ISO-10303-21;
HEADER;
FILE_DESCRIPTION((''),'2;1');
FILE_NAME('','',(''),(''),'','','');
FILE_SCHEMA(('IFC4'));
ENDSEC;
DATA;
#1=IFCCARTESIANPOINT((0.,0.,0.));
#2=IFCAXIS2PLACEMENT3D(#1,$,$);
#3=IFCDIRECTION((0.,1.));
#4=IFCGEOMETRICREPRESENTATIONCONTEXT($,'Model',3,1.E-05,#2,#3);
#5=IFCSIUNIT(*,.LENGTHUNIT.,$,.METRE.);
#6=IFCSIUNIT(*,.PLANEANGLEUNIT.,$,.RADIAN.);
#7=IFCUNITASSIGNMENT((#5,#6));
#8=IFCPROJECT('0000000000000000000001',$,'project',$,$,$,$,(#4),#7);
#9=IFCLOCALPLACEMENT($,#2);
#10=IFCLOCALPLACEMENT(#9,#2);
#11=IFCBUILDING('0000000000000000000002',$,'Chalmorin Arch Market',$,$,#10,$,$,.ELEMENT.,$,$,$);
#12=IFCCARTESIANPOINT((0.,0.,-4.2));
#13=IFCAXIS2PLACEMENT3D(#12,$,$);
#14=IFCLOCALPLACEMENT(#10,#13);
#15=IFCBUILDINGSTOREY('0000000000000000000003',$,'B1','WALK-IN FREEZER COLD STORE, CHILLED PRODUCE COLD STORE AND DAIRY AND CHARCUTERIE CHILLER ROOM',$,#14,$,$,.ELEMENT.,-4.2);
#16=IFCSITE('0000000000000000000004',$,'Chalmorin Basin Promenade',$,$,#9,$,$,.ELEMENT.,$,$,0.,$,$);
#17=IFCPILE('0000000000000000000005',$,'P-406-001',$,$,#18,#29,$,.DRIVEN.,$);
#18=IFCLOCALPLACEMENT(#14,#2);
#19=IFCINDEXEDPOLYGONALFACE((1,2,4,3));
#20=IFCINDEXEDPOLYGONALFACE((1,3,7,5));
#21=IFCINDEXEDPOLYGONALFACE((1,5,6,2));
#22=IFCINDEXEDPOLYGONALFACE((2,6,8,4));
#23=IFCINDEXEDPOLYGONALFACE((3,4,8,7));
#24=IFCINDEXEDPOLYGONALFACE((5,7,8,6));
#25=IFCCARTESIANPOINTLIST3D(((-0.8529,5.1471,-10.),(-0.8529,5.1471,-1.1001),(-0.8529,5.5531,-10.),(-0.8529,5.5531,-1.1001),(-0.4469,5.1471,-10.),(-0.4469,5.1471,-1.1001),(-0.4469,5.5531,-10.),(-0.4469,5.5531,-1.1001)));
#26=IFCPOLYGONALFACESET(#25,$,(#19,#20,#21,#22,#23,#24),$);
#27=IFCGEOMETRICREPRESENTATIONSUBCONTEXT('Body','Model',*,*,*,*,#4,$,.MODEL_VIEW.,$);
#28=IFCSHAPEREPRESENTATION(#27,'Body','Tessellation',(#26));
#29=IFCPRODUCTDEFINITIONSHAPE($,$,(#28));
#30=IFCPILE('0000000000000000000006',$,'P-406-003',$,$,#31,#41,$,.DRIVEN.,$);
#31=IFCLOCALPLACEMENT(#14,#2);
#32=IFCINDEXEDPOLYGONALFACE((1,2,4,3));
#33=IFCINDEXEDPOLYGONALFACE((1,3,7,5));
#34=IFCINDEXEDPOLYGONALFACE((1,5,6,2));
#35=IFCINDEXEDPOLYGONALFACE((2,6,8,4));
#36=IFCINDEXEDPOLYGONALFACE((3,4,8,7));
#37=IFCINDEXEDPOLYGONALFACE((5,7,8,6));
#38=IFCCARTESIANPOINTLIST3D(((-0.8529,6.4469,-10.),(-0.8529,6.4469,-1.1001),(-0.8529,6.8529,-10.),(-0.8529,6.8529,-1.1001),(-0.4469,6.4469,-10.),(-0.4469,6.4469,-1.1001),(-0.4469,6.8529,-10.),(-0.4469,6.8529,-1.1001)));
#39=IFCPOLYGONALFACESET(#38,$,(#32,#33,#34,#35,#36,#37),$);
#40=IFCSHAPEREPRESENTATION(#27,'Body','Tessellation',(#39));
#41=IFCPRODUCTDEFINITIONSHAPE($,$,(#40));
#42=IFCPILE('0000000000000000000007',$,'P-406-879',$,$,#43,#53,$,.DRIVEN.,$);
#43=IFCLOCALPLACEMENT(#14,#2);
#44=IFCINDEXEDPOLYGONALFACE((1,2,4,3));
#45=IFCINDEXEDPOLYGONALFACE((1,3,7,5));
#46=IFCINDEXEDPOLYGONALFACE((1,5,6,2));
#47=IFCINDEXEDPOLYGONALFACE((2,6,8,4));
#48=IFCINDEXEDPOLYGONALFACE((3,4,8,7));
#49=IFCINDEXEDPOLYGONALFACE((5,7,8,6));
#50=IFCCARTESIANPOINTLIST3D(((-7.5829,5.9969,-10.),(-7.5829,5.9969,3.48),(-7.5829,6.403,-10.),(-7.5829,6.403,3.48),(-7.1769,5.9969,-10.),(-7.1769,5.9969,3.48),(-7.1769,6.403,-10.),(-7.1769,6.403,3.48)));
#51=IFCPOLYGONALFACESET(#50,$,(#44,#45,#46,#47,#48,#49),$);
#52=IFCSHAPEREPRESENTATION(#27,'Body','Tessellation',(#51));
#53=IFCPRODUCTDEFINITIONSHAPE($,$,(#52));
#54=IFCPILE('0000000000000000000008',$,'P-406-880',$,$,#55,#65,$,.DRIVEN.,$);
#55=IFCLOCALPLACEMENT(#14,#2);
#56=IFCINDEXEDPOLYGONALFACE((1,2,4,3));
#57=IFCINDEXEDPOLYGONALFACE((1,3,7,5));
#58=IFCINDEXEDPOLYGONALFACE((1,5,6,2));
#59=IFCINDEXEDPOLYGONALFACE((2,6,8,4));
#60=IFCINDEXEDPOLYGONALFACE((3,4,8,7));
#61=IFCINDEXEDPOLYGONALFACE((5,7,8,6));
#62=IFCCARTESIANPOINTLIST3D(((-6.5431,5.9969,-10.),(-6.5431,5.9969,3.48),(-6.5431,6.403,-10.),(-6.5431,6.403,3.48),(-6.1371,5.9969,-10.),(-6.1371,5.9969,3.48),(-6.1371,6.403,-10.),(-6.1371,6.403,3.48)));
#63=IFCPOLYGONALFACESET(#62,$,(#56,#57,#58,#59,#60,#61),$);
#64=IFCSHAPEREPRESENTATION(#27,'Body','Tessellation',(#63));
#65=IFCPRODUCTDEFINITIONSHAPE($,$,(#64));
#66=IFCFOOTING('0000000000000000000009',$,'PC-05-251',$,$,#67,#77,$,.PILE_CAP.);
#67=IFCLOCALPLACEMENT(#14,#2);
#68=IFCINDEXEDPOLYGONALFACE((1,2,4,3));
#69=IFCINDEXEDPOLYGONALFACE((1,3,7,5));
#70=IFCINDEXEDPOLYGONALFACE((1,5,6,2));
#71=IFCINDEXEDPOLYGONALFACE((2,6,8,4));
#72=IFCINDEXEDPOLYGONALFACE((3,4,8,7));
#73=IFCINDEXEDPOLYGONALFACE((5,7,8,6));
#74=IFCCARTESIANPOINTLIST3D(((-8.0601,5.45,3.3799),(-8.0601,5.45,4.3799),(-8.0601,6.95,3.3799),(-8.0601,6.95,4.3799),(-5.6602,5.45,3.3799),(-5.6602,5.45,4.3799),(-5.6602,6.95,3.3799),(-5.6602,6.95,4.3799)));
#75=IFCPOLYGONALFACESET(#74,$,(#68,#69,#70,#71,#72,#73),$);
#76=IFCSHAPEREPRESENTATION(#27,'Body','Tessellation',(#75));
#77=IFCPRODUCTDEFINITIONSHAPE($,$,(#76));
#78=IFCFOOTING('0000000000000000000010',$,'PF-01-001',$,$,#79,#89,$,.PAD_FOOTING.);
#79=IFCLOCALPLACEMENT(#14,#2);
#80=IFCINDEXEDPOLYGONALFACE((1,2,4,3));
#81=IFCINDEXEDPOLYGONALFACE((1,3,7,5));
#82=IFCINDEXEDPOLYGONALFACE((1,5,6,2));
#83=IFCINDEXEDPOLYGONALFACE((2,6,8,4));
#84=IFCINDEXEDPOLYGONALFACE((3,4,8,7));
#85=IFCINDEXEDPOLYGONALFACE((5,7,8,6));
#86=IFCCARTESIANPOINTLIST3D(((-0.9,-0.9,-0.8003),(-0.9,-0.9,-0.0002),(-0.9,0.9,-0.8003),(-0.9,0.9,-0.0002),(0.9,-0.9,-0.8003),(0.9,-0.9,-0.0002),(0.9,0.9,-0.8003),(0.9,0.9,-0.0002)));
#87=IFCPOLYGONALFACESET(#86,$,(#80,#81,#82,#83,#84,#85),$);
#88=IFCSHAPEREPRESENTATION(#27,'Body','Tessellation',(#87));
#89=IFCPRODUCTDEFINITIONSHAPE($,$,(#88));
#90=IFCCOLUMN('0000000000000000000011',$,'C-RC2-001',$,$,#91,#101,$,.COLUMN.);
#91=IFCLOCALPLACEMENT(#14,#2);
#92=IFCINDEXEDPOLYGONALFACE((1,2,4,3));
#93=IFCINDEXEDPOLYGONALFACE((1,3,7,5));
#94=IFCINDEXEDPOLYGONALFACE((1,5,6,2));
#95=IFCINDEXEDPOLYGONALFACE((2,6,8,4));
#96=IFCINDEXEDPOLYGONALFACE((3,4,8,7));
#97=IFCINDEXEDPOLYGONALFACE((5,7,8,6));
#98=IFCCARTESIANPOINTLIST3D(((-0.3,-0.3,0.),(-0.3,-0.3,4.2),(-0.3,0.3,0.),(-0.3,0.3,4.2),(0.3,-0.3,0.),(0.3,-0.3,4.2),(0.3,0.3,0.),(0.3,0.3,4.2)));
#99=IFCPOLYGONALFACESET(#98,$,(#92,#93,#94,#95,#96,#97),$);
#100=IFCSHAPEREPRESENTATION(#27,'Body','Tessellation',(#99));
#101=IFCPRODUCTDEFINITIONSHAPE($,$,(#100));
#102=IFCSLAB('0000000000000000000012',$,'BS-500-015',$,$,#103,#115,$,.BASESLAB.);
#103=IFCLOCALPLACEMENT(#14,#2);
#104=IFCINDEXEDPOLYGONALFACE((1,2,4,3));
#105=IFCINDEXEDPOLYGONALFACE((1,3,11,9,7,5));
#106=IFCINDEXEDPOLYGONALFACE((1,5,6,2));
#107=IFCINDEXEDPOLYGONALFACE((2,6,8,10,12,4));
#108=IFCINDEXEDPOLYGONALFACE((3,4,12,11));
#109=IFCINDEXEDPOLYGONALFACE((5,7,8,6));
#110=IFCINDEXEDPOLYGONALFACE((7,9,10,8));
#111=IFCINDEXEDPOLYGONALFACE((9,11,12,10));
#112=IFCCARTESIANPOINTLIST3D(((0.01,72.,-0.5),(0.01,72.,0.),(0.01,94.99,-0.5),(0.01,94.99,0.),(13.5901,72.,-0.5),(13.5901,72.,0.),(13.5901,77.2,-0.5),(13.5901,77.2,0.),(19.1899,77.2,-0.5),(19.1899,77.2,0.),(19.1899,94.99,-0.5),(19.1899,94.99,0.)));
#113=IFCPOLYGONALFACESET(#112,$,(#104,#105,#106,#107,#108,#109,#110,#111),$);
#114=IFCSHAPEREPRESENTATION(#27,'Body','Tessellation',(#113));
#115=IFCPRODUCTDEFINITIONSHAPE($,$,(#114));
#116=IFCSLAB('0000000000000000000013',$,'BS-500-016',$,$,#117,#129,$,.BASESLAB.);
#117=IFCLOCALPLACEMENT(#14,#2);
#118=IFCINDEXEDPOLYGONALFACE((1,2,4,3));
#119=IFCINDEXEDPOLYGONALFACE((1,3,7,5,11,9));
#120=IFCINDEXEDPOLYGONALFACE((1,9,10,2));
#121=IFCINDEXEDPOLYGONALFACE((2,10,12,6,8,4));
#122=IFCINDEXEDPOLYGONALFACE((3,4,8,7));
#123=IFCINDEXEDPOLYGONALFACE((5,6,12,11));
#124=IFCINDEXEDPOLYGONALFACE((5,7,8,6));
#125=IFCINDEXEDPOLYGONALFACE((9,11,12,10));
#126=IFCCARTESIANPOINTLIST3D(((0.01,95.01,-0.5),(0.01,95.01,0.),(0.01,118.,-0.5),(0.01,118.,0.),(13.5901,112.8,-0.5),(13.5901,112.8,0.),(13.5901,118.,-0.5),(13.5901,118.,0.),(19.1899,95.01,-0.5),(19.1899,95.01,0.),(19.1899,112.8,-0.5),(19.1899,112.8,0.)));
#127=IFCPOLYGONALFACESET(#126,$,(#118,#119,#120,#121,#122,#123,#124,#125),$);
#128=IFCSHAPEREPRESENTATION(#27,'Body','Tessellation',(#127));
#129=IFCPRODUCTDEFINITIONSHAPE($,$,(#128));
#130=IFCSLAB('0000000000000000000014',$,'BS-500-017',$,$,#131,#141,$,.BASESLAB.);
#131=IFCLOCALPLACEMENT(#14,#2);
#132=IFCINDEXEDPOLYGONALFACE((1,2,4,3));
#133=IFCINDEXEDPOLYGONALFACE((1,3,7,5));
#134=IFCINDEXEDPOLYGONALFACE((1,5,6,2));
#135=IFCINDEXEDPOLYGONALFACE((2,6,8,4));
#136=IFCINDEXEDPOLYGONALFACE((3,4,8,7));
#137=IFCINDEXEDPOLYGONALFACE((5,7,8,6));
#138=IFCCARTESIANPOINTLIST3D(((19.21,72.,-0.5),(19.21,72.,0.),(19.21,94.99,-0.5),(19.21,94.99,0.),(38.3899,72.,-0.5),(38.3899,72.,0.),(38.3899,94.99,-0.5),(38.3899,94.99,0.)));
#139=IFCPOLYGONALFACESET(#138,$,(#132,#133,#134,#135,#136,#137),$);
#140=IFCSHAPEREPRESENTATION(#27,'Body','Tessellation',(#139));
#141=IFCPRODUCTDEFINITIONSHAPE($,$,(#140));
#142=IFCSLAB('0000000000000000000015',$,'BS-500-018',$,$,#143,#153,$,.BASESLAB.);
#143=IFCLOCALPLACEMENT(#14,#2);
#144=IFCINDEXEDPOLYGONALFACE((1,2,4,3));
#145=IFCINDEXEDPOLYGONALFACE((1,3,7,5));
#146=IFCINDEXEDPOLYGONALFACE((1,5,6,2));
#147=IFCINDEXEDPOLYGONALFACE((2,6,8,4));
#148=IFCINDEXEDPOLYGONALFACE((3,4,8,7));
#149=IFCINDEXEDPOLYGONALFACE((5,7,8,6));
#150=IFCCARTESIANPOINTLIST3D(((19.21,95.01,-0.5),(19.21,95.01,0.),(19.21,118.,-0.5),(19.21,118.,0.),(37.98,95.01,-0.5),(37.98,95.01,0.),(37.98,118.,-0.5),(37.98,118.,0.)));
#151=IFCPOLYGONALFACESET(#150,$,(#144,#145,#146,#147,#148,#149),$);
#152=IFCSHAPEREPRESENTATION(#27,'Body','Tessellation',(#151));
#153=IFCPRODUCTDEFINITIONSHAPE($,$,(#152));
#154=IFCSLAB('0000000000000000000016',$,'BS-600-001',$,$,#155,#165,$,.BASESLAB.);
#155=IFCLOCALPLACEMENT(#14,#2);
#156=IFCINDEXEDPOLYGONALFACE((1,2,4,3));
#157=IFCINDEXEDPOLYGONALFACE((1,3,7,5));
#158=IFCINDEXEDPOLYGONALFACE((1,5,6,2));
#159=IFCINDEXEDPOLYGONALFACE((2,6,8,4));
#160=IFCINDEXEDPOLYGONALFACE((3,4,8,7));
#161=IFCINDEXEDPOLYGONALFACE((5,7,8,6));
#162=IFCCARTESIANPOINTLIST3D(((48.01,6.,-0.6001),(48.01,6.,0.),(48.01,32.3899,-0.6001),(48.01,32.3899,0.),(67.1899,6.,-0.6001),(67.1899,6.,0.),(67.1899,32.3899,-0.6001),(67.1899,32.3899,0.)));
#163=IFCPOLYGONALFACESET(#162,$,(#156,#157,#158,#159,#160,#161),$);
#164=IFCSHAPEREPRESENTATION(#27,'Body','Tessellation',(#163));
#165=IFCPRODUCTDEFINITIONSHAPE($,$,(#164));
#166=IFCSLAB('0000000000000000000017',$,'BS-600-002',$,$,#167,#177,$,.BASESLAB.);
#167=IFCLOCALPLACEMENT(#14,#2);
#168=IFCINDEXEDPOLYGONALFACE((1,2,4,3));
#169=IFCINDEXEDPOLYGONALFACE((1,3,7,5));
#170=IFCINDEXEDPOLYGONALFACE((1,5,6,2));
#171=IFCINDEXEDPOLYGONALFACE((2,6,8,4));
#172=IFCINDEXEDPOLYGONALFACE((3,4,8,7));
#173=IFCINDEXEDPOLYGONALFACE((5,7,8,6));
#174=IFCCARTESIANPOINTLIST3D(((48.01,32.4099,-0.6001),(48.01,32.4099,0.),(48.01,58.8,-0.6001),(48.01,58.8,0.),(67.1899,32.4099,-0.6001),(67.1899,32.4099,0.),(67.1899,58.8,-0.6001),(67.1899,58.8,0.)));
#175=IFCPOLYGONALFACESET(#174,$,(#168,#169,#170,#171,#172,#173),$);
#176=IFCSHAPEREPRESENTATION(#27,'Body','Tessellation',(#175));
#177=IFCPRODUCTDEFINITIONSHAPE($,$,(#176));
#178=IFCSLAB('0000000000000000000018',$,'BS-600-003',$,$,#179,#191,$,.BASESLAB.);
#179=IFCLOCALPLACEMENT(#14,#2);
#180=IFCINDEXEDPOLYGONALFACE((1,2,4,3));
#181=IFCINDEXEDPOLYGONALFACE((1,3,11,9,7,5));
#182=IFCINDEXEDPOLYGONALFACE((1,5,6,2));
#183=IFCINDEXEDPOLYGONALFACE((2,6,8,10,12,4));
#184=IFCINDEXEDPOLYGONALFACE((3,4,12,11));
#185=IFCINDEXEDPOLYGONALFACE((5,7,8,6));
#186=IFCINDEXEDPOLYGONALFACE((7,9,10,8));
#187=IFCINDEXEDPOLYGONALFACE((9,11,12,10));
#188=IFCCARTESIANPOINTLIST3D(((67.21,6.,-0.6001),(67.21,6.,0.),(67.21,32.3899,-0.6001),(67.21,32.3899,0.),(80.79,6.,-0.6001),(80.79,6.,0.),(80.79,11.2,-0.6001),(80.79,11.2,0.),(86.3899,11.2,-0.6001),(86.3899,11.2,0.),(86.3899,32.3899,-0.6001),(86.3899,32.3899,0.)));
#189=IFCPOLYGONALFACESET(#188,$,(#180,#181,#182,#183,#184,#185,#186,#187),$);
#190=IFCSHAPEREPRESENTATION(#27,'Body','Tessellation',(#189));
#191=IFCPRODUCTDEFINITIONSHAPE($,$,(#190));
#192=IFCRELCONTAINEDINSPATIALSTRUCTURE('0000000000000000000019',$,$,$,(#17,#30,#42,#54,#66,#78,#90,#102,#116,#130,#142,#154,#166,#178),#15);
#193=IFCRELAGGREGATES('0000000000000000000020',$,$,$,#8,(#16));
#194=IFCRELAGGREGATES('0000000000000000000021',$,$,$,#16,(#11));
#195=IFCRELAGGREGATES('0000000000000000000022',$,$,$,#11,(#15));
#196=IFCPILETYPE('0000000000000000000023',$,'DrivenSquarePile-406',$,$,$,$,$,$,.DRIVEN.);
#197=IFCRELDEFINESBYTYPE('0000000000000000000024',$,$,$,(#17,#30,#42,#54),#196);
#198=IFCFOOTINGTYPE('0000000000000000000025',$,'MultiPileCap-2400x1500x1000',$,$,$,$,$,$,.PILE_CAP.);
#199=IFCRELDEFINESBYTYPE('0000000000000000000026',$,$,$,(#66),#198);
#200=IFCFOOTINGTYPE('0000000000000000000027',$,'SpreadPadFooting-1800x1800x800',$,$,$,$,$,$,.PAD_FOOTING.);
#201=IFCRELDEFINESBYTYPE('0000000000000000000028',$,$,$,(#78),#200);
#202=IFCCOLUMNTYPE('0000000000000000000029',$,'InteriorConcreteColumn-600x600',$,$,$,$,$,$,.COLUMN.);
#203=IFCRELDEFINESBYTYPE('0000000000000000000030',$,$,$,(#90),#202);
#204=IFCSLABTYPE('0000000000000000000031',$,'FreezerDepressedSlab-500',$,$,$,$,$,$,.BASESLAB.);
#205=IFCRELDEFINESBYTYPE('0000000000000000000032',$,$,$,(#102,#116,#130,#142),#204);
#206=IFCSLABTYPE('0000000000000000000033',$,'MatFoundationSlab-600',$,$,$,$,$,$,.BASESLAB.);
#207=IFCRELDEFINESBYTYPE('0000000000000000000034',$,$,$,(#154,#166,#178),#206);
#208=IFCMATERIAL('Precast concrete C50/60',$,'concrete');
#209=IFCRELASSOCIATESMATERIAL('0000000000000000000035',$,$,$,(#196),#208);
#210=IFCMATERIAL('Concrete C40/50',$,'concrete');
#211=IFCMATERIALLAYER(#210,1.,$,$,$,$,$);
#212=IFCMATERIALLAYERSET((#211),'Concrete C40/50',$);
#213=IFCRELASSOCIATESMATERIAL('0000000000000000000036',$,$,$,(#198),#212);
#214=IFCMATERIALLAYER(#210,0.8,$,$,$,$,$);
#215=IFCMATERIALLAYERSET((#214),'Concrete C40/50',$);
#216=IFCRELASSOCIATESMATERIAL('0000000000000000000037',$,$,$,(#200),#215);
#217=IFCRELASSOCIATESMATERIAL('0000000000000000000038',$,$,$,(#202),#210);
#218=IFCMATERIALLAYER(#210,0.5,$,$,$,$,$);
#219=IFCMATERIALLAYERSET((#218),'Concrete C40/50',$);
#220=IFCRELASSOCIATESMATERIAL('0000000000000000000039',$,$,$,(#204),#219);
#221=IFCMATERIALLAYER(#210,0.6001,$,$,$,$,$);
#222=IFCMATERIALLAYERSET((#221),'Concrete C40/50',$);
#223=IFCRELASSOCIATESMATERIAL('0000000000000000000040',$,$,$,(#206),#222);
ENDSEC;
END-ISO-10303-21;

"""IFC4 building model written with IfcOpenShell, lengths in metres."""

from ifc_helpers import new_model, si_unit, direction, frame, origin, origin_with_axes, origin_2d, place, context, subcontext, project, spatial, polyline, rectangle, outline, extrude, material, layer, layer_set, material_profile, profile_set, type_object, element, save


model = new_model("IFC4")

# Units and contexts
model_context = context("Model", 3, precision=1e-05, world=origin(), true_north=direction((0.0, 1.0)))
body_context = subcontext(model_context, "Body", "Model", "MODEL_VIEW")
ifc_project = project(units=[si_unit("LENGTHUNIT", "METRE"), si_unit("PLANEANGLEUNIT", "RADIAN")], contexts=[model_context])

# Site, building, storey
site_placement = place(None, origin())
site = spatial("IfcSite", under=ifc_project, at=site_placement, Name="Chalmorin Basin Promenade", CompositionType="ELEMENT", RefElevation=0.0)
building_placement = place(site_placement, origin())
building = spatial("IfcBuilding", under=site, at=building_placement, Name="Chalmorin Arch Market", CompositionType="ELEMENT")
storey_placement = place(building_placement, frame((0.0, 0.0, -4.2)))
storey = spatial("IfcBuildingStorey", under=building, at=storey_placement, Name="B1", Description="WALK-IN FREEZER COLD STORE, CHILLED PRODUCE COLD STORE AND DAIRY AND CHARCUTERIE CHILLER ROOM", CompositionType="ELEMENT", Elevation=-4.2)

# Piles
ifc_material_1 = material(Name="Precast concrete C50/60", Category="concrete")
ifc_material_profile_1 = material_profile(ifc_material_1, rectangle(XDim=0.406, YDim=0.406, at=origin_2d()), Name="PPC406")
ifc_profile_set_1 = profile_set([ifc_material_profile_1], Name="Precast concrete C50/60")
pile_type = type_object("IfcPileType", Name="DrivenSquarePile-406", PredefinedType="DRIVEN", material=ifc_profile_set_1)
for number, where, z_axis, x_axis, name in (
    (1, (-0.6499, 5.3501, -1.1001), (0.0, 0.0, -1.0), (1.0, 0.0, 0.0), "P-406-001"),
    (2, (-0.6499, 6.6499, -1.1001), (0.0, 0.0, -1.0), (1.0, 0.0, 0.0), "P-406-003"),
):
    element("IfcPile", number, at=place(storey_placement, frame(where, z_axis=z_axis, x_axis=x_axis)), inside=storey, type_object=pile_type, Name=name, PredefinedType="DRIVEN", context=body_context, shape_type="SweptSolid", body=[
        extrude(rectangle(XDim=0.406, YDim=0.406, at=origin_2d()), origin(), (0.0, 0.0, 1.0), 8.8999),
    ])
for number, where, z_axis, x_axis, name in (
    (3, (-7.3799, 6.2, 3.48), (0.0, 0.0, -1.0), (1.0, 0.0, 0.0), "P-406-879"),
    (4, (-6.3401, 6.2, 3.48), (0.0, 0.0, -1.0), (1.0, 0.0, 0.0), "P-406-880"),
):
    element("IfcPile", number, at=place(storey_placement, frame(where, z_axis=z_axis, x_axis=x_axis)), inside=storey, type_object=pile_type, Name=name, PredefinedType="DRIVEN", context=body_context, shape_type="SweptSolid", body=[
        extrude(rectangle(XDim=0.406, YDim=0.406, at=origin_2d()), origin(), (0.0, 0.0, 1.0), 13.48),
    ])

# Footings
ifc_material_2 = material(Name="Concrete C40/50", Category="concrete")
ifc_layer_1 = layer(ifc_material_2, 1.0)
ifc_layer_set_1 = layer_set([ifc_layer_1], Name="Concrete C40/50")
footing_type_1 = type_object("IfcFootingType", Name="MultiPileCap-2400x1500x1000", PredefinedType="PILE_CAP", material=ifc_layer_set_1)
footing_1_placement = place(storey_placement, frame((-6.8601, 6.2, 3.3799), z_axis=(0.0, 0.0, 1.0), x_axis=(1.0, 0.0, 0.0)))
element("IfcFooting", 5, at=footing_1_placement, inside=storey, type_object=footing_type_1, Name="PC-05-251", PredefinedType="PILE_CAP", context=body_context, shape_type="SweptSolid", body=[
    extrude(rectangle(XDim=2.3999, YDim=1.5, at=origin_2d()), origin(), (0.0, 0.0, 1.0), 1.0),
])
ifc_layer_2 = layer(ifc_material_2, 0.8)
ifc_layer_set_2 = layer_set([ifc_layer_2], Name="Concrete C40/50")
footing_type_2 = type_object("IfcFootingType", Name="SpreadPadFooting-1800x1800x800", PredefinedType="PAD_FOOTING", material=ifc_layer_set_2)
footing_2_placement = place(storey_placement, frame((0.0, 0.0, -0.8003), z_axis=(0.0, 0.0, 1.0), x_axis=(1.0, 0.0, 0.0)))
element("IfcFooting", 6, at=footing_2_placement, inside=storey, type_object=footing_type_2, Name="PF-01-001", PredefinedType="PAD_FOOTING", context=body_context, shape_type="SweptSolid", body=[
    extrude(rectangle(XDim=1.8, YDim=1.8, at=origin_2d()), origin(), (0.0, 0.0, 1.0), 0.8),
])

# Column
ifc_material_profile_2 = material_profile(ifc_material_2, rectangle(XDim=0.6001, YDim=0.6001, at=origin_2d()), Name="RC600X600")
ifc_profile_set_2 = profile_set([ifc_material_profile_2], Name="Concrete C40/50")
column_type = type_object("IfcColumnType", Name="InteriorConcreteColumn-600x600", PredefinedType="COLUMN", material=ifc_profile_set_2)
column_placement = place(storey_placement, origin_with_axes())
element("IfcColumn", 7, at=column_placement, inside=storey, type_object=column_type, Name="C-RC2-001", PredefinedType="COLUMN", context=body_context, shape_type="SweptSolid", body=[
    extrude(rectangle(XDim=0.6001, YDim=0.6001, at=origin_2d()), origin(), (0.0, 0.0, 1.0), 4.2),
])

# Slabs
ifc_layer_3 = layer(ifc_material_2, 0.5)
ifc_layer_set_3 = layer_set([ifc_layer_3], Name="Concrete C40/50")
slab_type_1 = type_object("IfcSlabType", Name="FreezerDepressedSlab-500", PredefinedType="BASESLAB", material=ifc_layer_set_3)
slab_1_placement = place(storey_placement, frame((0.0, 0.0, -0.5)))
element("IfcSlab", 8, at=slab_1_placement, inside=storey, type_object=slab_type_1, Name="BS-500-015", PredefinedType="BASESLAB", context=body_context, shape_type="SweptSolid", body=[
    extrude(outline(polyline([(0.01, 72.0), (13.5901, 72.0), (13.5901, 77.2), (19.1899, 77.2), (19.1899, 94.99), (0.01, 94.99), (0.01, 72.0)])), origin(), (0.0, 0.0, 1.0), 0.5),
])
slab_2_placement = place(storey_placement, frame((0.0, 0.0, -0.5)))
element("IfcSlab", 9, at=slab_2_placement, inside=storey, type_object=slab_type_1, Name="BS-500-016", PredefinedType="BASESLAB", context=body_context, shape_type="SweptSolid", body=[
    extrude(outline(polyline([(0.01, 95.01), (19.1899, 95.01), (19.1899, 112.8), (13.5901, 112.8), (13.5901, 118.0), (0.01, 118.0), (0.01, 95.01)])), origin(), (0.0, 0.0, 1.0), 0.5),
])
slab_3_placement = place(storey_placement, frame((0.0, 0.0, -0.5)))
element("IfcSlab", 10, at=slab_3_placement, inside=storey, type_object=slab_type_1, Name="BS-500-017", PredefinedType="BASESLAB", context=body_context, shape_type="SweptSolid", body=[
    extrude(outline(polyline([(19.21, 72.0), (38.3899, 72.0), (38.3899, 94.99), (19.21, 94.99), (19.21, 72.0)])), origin(), (0.0, 0.0, 1.0), 0.5),
])
slab_4_placement = place(storey_placement, frame((0.0, 0.0, -0.5)))
element("IfcSlab", 11, at=slab_4_placement, inside=storey, type_object=slab_type_1, Name="BS-500-018", PredefinedType="BASESLAB", context=body_context, shape_type="SweptSolid", body=[
    extrude(outline(polyline([(19.21, 95.01), (37.98, 95.01), (37.98, 118.0), (19.21, 118.0), (19.21, 95.01)])), origin(), (0.0, 0.0, 1.0), 0.5),
])
ifc_layer_4 = layer(ifc_material_2, 0.6001)
ifc_layer_set_4 = layer_set([ifc_layer_4], Name="Concrete C40/50")
slab_type_2 = type_object("IfcSlabType", Name="MatFoundationSlab-600", PredefinedType="BASESLAB", material=ifc_layer_set_4)
slab_5_placement = place(storey_placement, frame((0.0, 0.0, -0.6001)))
element("IfcSlab", 12, at=slab_5_placement, inside=storey, type_object=slab_type_2, Name="BS-600-001", PredefinedType="BASESLAB", context=body_context, shape_type="SweptSolid", body=[
    extrude(outline(polyline([(48.01, 6.0), (67.1899, 6.0), (67.1899, 32.3899), (48.01, 32.3899), (48.01, 6.0)])), origin(), (0.0, 0.0, 1.0), 0.6001),
])
slab_6_placement = place(storey_placement, frame((0.0, 0.0, -0.6001)))
element("IfcSlab", 13, at=slab_6_placement, inside=storey, type_object=slab_type_2, Name="BS-600-002", PredefinedType="BASESLAB", context=body_context, shape_type="SweptSolid", body=[
    extrude(outline(polyline([(48.01, 32.4099), (67.1899, 32.4099), (67.1899, 58.8), (48.01, 58.8), (48.01, 32.4099)])), origin(), (0.0, 0.0, 1.0), 0.6001),
])
slab_7_placement = place(storey_placement, frame((0.0, 0.0, -0.6001)))
element("IfcSlab", 14, at=slab_7_placement, inside=storey, type_object=slab_type_2, Name="BS-600-003", PredefinedType="BASESLAB", context=body_context, shape_type="SweptSolid", body=[
    extrude(outline(polyline([(67.21, 6.0), (80.79, 6.0), (80.79, 11.2), (86.3899, 11.2), (86.3899, 32.3899), (67.21, 32.3899), (67.21, 6.0)])), origin(), (0.0, 0.0, 1.0), 0.6001),
])

save(model, "model.ifc")
